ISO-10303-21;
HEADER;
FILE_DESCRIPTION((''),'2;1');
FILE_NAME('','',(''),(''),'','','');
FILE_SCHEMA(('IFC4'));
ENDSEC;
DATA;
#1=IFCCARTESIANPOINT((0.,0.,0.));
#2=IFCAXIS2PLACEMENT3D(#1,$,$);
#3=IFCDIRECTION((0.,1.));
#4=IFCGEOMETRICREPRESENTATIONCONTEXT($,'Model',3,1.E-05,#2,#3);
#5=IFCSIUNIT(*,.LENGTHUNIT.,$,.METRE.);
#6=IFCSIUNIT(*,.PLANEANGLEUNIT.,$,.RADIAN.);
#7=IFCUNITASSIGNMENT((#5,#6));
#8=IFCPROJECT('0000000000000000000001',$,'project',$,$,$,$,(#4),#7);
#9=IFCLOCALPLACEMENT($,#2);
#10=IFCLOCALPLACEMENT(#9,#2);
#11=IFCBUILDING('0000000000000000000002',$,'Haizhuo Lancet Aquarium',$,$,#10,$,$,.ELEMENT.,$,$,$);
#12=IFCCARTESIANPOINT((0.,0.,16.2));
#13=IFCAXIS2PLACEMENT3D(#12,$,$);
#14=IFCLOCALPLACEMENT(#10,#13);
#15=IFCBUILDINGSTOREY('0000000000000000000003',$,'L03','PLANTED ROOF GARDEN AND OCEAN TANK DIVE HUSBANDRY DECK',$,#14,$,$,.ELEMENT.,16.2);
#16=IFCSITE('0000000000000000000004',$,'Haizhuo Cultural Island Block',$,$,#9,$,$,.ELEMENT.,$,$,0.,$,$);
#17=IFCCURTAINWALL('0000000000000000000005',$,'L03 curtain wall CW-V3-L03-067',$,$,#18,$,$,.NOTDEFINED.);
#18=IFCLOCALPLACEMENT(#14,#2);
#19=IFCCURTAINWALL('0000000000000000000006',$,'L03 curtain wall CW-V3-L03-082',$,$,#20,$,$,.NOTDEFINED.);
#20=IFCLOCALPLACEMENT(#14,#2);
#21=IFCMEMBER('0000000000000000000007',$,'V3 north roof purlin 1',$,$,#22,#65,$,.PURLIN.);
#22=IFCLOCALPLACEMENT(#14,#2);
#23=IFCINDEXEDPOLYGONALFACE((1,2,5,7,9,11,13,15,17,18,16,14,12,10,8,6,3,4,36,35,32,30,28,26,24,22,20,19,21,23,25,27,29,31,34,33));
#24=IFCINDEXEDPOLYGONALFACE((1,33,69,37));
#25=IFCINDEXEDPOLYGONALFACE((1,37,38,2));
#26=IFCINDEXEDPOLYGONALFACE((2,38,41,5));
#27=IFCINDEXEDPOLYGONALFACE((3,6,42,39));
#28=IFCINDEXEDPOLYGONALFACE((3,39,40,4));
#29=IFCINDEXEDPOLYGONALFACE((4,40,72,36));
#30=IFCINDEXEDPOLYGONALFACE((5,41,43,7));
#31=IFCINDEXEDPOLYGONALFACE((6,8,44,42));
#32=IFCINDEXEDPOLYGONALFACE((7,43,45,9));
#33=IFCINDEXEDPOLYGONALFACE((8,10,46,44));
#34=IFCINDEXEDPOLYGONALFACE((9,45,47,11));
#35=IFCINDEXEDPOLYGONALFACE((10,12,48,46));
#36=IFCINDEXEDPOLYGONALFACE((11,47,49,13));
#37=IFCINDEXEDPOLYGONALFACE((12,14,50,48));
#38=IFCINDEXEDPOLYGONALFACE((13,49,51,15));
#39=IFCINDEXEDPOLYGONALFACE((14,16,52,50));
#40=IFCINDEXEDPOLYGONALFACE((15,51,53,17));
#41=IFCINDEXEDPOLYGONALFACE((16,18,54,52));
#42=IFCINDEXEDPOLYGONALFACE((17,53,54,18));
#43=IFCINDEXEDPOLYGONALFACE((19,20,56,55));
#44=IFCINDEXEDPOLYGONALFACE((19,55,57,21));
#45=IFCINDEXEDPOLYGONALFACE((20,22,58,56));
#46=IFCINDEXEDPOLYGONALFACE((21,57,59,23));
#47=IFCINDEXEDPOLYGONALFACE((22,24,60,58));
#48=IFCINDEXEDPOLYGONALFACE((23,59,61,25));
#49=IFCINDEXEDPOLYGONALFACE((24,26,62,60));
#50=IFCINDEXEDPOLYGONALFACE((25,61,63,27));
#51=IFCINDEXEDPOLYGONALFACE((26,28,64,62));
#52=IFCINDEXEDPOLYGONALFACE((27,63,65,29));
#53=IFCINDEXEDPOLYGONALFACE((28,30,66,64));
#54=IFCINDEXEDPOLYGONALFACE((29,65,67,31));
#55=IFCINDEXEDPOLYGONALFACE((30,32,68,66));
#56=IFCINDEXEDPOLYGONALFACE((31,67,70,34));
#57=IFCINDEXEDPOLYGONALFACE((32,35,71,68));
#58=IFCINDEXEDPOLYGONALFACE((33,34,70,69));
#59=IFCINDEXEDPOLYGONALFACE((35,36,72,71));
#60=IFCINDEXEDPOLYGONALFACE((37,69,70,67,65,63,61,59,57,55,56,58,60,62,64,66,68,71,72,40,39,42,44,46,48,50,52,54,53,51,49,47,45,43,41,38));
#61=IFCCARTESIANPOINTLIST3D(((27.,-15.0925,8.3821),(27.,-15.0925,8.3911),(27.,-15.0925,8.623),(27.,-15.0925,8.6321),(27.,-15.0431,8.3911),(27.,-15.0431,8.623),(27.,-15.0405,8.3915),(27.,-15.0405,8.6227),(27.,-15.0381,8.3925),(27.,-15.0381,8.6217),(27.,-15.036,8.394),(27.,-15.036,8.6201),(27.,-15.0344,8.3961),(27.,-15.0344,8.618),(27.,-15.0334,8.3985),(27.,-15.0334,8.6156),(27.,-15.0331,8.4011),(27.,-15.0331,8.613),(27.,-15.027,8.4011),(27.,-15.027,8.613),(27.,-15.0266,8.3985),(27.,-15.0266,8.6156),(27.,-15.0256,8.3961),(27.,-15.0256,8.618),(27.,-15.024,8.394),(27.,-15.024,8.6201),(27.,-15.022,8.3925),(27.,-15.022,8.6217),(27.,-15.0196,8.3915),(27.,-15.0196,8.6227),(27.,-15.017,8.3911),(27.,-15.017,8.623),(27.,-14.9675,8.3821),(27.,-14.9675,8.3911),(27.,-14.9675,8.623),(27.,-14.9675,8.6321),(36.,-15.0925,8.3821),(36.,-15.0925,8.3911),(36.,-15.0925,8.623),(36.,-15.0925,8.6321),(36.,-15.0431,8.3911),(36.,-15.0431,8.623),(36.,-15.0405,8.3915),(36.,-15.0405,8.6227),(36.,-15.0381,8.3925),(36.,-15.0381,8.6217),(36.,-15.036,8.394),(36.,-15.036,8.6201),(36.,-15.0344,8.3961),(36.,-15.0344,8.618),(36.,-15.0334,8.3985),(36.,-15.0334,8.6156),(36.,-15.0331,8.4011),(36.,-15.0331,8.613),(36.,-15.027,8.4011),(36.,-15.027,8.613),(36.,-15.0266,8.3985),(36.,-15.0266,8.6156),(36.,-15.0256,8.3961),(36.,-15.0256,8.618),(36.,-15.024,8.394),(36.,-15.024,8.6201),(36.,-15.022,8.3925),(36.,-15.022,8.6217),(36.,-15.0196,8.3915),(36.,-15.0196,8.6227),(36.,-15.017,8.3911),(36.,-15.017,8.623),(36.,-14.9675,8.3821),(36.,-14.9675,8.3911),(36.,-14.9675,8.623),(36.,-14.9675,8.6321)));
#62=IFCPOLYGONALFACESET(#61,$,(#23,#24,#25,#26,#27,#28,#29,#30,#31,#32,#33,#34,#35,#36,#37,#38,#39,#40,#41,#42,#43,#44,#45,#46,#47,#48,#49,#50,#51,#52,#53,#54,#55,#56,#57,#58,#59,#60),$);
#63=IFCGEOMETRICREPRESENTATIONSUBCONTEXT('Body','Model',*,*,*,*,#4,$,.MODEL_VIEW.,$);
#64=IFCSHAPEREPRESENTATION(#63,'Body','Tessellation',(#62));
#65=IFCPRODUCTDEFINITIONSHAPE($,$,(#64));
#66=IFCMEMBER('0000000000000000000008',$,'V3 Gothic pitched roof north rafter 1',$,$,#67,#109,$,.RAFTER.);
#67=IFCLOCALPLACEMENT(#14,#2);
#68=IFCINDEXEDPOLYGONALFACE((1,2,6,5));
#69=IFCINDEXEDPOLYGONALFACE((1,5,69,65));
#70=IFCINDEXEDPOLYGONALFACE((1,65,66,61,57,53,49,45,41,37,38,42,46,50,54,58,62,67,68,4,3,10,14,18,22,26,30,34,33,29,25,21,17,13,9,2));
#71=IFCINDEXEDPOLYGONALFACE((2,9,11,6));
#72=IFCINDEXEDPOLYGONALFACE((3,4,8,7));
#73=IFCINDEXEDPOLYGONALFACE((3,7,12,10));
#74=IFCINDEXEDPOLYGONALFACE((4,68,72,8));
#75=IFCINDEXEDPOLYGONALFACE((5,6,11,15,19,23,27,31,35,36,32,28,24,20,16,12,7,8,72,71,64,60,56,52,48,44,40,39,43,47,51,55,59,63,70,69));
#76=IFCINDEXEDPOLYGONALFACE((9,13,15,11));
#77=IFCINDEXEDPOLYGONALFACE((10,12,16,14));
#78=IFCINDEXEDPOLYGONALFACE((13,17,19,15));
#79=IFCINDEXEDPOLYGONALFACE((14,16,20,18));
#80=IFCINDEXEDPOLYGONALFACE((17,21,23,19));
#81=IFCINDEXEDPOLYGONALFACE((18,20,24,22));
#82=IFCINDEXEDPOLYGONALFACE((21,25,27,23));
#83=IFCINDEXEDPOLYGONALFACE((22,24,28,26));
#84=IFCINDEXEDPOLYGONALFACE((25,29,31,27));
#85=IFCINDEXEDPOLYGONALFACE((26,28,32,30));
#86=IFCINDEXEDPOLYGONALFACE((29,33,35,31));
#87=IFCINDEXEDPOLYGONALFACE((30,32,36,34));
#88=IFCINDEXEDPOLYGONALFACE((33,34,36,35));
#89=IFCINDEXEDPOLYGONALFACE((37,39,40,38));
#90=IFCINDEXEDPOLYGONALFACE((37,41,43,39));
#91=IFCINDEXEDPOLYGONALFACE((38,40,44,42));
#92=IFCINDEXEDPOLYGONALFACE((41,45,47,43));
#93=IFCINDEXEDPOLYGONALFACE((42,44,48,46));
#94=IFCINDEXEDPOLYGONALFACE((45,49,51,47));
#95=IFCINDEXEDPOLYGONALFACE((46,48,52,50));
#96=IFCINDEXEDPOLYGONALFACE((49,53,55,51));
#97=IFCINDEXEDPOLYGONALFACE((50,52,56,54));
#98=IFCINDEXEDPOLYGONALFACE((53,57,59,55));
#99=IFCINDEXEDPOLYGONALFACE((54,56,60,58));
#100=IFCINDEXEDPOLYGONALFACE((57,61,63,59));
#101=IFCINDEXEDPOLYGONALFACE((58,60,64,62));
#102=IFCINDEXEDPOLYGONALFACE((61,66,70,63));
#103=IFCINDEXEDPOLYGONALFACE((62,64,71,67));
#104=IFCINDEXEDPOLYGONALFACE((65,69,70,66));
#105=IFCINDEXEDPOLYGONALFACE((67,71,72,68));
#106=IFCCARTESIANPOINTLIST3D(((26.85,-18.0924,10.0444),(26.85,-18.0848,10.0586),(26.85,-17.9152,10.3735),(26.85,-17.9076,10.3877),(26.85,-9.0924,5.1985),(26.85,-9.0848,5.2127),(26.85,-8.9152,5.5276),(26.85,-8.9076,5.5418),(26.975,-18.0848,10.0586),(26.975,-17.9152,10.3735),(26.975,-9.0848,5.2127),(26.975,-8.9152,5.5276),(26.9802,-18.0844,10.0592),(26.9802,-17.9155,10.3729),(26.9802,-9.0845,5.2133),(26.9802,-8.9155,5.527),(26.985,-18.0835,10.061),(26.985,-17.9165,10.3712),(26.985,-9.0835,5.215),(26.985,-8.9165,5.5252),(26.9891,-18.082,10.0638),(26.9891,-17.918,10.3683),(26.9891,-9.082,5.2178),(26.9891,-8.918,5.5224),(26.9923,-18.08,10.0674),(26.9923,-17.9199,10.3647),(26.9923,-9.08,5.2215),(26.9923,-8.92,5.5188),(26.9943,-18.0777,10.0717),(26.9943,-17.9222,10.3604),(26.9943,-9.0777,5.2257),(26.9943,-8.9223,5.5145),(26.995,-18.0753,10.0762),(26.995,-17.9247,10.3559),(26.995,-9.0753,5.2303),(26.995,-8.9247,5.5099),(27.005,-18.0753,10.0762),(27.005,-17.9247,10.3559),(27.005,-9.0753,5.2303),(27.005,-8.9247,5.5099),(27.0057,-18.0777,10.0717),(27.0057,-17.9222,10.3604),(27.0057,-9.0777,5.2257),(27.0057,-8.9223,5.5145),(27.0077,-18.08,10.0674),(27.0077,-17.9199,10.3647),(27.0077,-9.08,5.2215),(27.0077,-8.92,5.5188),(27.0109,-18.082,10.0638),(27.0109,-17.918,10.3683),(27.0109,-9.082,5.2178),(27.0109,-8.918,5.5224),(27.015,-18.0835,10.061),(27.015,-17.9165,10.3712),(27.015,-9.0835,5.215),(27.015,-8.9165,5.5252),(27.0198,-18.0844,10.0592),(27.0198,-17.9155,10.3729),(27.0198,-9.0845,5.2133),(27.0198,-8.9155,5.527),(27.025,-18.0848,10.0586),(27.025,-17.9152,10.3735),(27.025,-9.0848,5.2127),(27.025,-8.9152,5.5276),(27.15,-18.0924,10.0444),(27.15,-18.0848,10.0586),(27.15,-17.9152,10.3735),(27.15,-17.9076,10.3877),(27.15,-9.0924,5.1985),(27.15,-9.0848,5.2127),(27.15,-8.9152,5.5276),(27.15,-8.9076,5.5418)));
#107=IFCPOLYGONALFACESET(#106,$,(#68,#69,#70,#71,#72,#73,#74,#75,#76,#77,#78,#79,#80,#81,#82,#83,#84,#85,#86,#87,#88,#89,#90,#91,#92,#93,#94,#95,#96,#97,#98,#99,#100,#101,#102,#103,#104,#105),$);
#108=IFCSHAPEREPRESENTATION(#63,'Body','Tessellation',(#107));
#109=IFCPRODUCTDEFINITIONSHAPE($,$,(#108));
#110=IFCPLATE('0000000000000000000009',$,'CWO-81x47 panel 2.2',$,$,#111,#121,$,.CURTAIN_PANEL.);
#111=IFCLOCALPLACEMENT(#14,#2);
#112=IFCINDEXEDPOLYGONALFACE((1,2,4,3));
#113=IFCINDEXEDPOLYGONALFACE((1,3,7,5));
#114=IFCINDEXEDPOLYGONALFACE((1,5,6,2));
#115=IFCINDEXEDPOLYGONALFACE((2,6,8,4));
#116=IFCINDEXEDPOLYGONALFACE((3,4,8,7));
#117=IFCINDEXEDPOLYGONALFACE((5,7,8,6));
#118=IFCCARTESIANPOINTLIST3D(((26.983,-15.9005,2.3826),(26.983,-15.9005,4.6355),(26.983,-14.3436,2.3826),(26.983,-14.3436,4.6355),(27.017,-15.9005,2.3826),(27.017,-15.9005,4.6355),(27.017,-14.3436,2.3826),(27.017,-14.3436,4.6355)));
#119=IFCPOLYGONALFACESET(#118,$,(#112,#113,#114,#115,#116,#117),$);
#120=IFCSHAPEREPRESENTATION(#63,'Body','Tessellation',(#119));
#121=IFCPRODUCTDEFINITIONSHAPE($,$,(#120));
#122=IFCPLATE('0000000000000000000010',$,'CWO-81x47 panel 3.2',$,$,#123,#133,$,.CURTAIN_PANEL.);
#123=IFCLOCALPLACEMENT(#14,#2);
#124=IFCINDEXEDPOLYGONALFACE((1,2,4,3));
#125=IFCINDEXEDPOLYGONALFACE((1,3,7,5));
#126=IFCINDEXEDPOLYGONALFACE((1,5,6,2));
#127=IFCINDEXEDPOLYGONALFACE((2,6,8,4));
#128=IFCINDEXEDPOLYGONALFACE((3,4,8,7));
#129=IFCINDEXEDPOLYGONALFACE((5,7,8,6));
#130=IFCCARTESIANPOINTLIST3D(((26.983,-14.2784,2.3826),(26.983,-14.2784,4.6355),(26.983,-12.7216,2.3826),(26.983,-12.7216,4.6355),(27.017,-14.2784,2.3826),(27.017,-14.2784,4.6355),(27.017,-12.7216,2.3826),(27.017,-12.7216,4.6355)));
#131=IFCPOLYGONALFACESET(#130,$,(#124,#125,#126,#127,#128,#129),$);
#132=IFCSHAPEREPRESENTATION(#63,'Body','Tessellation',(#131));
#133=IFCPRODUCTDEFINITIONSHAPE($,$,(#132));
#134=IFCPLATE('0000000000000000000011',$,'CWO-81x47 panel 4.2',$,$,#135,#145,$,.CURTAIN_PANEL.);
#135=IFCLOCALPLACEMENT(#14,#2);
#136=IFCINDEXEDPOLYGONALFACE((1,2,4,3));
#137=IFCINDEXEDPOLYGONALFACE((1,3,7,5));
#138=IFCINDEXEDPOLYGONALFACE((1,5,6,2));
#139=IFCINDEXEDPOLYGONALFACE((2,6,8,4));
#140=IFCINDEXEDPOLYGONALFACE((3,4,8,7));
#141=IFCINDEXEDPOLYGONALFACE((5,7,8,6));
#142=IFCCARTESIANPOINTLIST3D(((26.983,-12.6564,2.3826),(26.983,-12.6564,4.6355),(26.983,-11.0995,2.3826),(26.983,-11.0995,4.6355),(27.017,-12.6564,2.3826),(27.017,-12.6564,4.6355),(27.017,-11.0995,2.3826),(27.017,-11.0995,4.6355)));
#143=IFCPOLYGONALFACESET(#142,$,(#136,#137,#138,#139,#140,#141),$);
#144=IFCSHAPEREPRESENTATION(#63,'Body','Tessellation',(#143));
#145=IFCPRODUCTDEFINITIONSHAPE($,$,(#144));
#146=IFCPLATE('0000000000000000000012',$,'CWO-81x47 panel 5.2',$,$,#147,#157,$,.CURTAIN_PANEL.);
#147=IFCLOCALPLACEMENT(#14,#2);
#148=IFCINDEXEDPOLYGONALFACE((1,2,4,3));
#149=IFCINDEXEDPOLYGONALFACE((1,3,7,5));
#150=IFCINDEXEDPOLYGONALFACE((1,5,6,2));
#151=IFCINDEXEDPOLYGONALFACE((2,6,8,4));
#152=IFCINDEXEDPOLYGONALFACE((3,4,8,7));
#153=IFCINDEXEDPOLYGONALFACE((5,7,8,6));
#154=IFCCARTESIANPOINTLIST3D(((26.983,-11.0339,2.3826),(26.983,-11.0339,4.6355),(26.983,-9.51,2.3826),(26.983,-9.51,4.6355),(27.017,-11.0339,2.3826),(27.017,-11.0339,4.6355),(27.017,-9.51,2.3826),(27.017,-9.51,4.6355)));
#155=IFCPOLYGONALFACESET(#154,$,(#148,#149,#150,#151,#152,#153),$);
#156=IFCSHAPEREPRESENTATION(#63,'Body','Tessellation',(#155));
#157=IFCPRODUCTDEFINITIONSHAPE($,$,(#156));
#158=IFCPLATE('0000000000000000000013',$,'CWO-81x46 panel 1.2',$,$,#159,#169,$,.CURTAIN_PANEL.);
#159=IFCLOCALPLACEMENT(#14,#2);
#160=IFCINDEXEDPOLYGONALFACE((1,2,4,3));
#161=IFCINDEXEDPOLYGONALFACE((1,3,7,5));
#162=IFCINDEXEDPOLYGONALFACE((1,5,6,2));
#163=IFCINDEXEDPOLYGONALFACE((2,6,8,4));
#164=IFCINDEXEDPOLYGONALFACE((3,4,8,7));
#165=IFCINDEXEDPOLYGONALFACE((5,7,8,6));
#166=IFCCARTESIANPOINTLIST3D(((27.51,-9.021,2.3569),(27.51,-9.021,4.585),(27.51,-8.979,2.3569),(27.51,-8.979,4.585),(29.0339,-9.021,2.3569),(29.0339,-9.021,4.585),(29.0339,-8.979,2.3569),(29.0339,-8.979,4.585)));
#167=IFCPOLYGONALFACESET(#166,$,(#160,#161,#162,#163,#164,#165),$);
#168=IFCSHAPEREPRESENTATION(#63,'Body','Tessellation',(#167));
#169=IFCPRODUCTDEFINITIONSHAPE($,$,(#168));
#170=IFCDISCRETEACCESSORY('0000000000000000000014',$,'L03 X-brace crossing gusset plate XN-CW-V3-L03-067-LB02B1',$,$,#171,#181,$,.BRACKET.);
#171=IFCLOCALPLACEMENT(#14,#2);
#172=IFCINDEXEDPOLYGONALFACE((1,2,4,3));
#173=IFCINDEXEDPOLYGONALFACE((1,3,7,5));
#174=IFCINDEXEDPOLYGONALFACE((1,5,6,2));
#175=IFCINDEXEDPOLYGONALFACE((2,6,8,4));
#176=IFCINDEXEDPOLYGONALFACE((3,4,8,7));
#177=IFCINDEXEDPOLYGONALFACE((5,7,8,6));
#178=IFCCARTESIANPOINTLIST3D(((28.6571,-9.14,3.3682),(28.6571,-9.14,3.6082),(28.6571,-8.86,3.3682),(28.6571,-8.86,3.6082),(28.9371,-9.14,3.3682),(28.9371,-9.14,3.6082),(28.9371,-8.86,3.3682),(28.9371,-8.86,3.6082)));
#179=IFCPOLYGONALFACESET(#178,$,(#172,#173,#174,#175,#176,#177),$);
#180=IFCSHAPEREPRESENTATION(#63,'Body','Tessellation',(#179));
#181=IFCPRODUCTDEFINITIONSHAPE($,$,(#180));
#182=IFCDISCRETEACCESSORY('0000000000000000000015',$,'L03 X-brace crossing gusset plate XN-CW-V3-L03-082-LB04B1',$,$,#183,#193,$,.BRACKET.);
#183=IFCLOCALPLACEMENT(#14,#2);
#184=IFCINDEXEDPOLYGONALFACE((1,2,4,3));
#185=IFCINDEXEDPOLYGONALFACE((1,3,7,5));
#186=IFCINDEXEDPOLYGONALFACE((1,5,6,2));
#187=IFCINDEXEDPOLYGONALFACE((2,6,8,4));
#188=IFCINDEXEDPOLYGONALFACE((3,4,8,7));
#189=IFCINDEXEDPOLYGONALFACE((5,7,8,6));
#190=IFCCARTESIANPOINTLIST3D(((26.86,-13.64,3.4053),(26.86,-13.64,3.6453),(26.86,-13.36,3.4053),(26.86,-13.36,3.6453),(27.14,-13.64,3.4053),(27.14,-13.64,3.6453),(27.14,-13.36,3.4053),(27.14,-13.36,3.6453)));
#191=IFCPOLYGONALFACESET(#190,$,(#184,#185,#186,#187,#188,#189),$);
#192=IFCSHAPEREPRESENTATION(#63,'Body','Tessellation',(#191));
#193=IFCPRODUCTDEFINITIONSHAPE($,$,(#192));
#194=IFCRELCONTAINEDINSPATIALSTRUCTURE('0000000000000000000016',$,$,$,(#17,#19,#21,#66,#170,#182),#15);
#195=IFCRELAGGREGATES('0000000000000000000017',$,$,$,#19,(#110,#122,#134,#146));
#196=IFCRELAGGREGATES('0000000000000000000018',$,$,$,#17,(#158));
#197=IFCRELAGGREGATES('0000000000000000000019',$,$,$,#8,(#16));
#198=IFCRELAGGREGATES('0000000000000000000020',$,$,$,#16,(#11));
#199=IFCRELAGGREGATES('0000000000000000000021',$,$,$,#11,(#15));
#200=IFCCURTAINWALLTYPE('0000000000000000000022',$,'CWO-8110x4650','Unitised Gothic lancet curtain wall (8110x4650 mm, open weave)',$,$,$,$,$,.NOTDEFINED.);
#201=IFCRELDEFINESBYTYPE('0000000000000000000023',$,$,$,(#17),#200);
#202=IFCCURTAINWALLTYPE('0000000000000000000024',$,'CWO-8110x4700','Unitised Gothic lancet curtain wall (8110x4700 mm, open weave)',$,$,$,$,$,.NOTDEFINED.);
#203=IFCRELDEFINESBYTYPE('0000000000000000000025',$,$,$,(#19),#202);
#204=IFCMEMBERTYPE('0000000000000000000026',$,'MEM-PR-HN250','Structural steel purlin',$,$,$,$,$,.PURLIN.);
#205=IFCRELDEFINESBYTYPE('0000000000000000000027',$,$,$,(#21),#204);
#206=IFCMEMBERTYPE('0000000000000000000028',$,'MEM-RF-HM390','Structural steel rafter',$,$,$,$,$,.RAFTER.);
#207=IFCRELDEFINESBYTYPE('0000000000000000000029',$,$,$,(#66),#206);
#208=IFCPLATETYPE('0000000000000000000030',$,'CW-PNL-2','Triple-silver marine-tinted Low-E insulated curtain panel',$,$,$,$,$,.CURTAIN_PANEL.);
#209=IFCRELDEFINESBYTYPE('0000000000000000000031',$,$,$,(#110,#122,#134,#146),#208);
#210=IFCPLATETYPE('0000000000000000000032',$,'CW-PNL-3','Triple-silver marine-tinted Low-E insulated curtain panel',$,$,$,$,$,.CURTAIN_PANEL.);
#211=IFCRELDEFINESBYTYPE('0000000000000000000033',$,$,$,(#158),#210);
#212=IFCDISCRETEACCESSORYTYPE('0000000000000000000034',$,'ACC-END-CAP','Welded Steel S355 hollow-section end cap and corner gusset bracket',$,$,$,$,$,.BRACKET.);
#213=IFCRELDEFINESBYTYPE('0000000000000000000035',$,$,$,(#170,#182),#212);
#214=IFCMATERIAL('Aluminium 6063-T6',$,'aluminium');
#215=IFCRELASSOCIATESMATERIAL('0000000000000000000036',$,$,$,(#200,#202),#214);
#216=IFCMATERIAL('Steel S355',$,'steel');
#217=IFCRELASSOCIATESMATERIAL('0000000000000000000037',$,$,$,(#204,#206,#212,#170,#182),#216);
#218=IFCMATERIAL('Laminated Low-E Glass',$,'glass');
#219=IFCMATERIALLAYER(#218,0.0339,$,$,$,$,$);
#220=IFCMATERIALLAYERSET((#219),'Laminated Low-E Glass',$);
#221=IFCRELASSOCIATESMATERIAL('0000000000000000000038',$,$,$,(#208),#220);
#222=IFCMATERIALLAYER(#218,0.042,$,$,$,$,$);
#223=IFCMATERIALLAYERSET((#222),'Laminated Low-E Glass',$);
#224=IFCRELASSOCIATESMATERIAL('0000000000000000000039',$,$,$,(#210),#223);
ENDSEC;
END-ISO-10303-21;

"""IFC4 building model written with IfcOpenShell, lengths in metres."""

from ifc_helpers import new_model, si_unit, direction, frame, origin, origin_2d, place, context, subcontext, project, spatial, rectangle, i_section, extrude, material, layer, layer_set, material_profile, profile_set, type_object, element, aggregate, save


model = new_model("IFC4")

# Units and contexts
model_context = context("Model", 3, precision=1e-05, world=origin(), true_north=direction((0.0, 1.0)))
body_context = subcontext(model_context, "Body", "Model", "MODEL_VIEW")
ifc_project = project(units=[si_unit("LENGTHUNIT", "METRE"), si_unit("PLANEANGLEUNIT", "RADIAN")], contexts=[model_context])

# Site, building, storey
site_placement = place(None, origin())
site = spatial("IfcSite", under=ifc_project, at=site_placement, Name="Haizhuo Cultural Island Block", CompositionType="ELEMENT", RefElevation=0.0)
building_placement = place(site_placement, origin())
building = spatial("IfcBuilding", under=site, at=building_placement, Name="Haizhuo Lancet Aquarium", CompositionType="ELEMENT")
storey_placement = place(building_placement, frame((0.0, 0.0, 16.2)))
storey = spatial("IfcBuildingStorey", under=building, at=storey_placement, Name="L03", Description="PLANTED ROOF GARDEN AND OCEAN TANK DIVE HUSBANDRY DECK", CompositionType="ELEMENT", Elevation=16.2)

# Curtain walls
ifc_material_1 = material(Name="Aluminium 6063-T6", Category="aluminium")
curtain_wall_type_1 = type_object("IfcCurtainWallType", Name="CWO-8110x4650", Description="Unitised Gothic lancet curtain wall (8110x4650 mm, open weave)", PredefinedType="NOTDEFINED", material=ifc_material_1)
curtain_wall_1_placement = place(storey_placement, origin())
curtain_wall_1 = element("IfcCurtainWall", 1, at=curtain_wall_1_placement, inside=storey, type_object=curtain_wall_type_1, Name="L03 curtain wall CW-V3-L03-067", PredefinedType="NOTDEFINED")
curtain_wall_type_2 = type_object("IfcCurtainWallType", Name="CWO-8110x4700", Description="Unitised Gothic lancet curtain wall (8110x4700 mm, open weave)", PredefinedType="NOTDEFINED", material=ifc_material_1)
curtain_wall_2_placement = place(storey_placement, origin())
curtain_wall_2 = element("IfcCurtainWall", 2, at=curtain_wall_2_placement, inside=storey, type_object=curtain_wall_type_2, Name="L03 curtain wall CW-V3-L03-082", PredefinedType="NOTDEFINED")

# Members
ifc_material_2 = material(Name="Steel S355", Category="steel")
ifc_material_profile_1 = material_profile(ifc_material_2, i_section(OverallWidth=0.125, OverallDepth=0.25, WebThickness=0.0061, FlangeThickness=0.009, FilletRadius=0.01, at=origin_2d()), Name="HN 250x125x6x9")
ifc_profile_set_1 = profile_set([ifc_material_profile_1], Name="Steel S355")
member_type_1 = type_object("IfcMemberType", Name="MEM-PR-HN250", Description="Structural steel purlin", PredefinedType="PURLIN", material=ifc_profile_set_1)
for number, where, z_axis, x_axis, name in (
    (3, (27.0, -15.03, 8.5071), (1.0, 0.0, 0.0), (0.0, 1.0, 0.0), "V3 north roof purlin 1"),
):
    element("IfcMember", number, at=place(storey_placement, frame(where, z_axis=z_axis, x_axis=x_axis)), inside=storey, type_object=member_type_1, Name=name, PredefinedType="PURLIN", context=body_context, shape_type="SweptSolid", body=[
        extrude(i_section(OverallWidth=0.125, OverallDepth=0.25, WebThickness=0.0061, FlangeThickness=0.009, FilletRadius=0.01, at=origin_2d()), origin(), (0.0, 0.0, 1.0), 9.0),
    ])
ifc_material_profile_2 = material_profile(ifc_material_2, i_section(OverallWidth=0.3, OverallDepth=0.3899, WebThickness=0.01, FlangeThickness=0.0161, FilletRadius=0.02, at=origin_2d()), Name="HM 390x300x10x16")
ifc_profile_set_2 = profile_set([ifc_material_profile_2], Name="Steel S355")
member_type_2 = type_object("IfcMemberType", Name="MEM-RF-HM390", Description="Structural steel rafter", PredefinedType="RAFTER", material=ifc_profile_set_2)
member_1_placement = place(storey_placement, frame((27.0, -9.0, 5.3701), z_axis=(0.0, -0.88048, 0.474084), x_axis=(1.0, 0.0, 0.0)))
element("IfcMember", 4, at=member_1_placement, inside=storey, type_object=member_type_2, Name="V3 Gothic pitched roof north rafter 1", PredefinedType="RAFTER", context=body_context, shape_type="SweptSolid", body=[
    extrude(i_section(OverallWidth=0.3, OverallDepth=0.3899, WebThickness=0.01, FlangeThickness=0.0161, FilletRadius=0.02, at=origin_2d()), origin(), (0.0, 0.0, 1.0), 10.2217),
])

# Plates
ifc_material_3 = material(Name="Laminated Low-E Glass", Category="glass")
ifc_layer_1 = layer(ifc_material_3, 0.0339)
ifc_layer_set_1 = layer_set([ifc_layer_1], Name="Laminated Low-E Glass")
plate_type_1 = type_object("IfcPlateType", Name="CW-PNL-2", Description="Triple-silver marine-tinted Low-E insulated curtain panel", PredefinedType="CURTAIN_PANEL", material=ifc_layer_set_1)
plate_1_placement = place(storey_placement, frame((27.0, -15.1221, 2.3826), z_axis=(0.0, 0.0, 1.0), x_axis=(0.0, 1.0, 0.0)))
plate_1 = element("IfcPlate", 5, at=plate_1_placement, type_object=plate_type_1, Name="CWO-81x47 panel 2.2", PredefinedType="CURTAIN_PANEL", context=body_context, shape_type="SweptSolid", body=[
    extrude(rectangle(XDim=1.5569, YDim=0.0339, at=origin_2d()), origin(), (0.0, 0.0, 1.0), 2.2529),
])
plate_2_placement = place(storey_placement, frame((27.0, -13.5, 2.3826), z_axis=(0.0, 0.0, 1.0), x_axis=(0.0, 1.0, 0.0)))
plate_2 = element("IfcPlate", 6, at=plate_2_placement, type_object=plate_type_1, Name="CWO-81x47 panel 3.2", PredefinedType="CURTAIN_PANEL", context=body_context, shape_type="SweptSolid", body=[
    extrude(rectangle(XDim=1.5569, YDim=0.0339, at=origin_2d()), origin(), (0.0, 0.0, 1.0), 2.2529),
])
plate_3_placement = place(storey_placement, frame((27.0, -11.8779, 2.3826), z_axis=(0.0, 0.0, 1.0), x_axis=(0.0, 1.0, 0.0)))
plate_3 = element("IfcPlate", 7, at=plate_3_placement, type_object=plate_type_1, Name="CWO-81x47 panel 4.2", PredefinedType="CURTAIN_PANEL", context=body_context, shape_type="SweptSolid", body=[
    extrude(rectangle(XDim=1.5569, YDim=0.0339, at=origin_2d()), origin(), (0.0, 0.0, 1.0), 2.2529),
])
plate_4_placement = place(storey_placement, frame((27.0, -10.272, 2.3826), z_axis=(0.0, 0.0, 1.0), x_axis=(0.0, 1.0, 0.0)))
plate_4 = element("IfcPlate", 8, at=plate_4_placement, type_object=plate_type_1, Name="CWO-81x47 panel 5.2", PredefinedType="CURTAIN_PANEL", context=body_context, shape_type="SweptSolid", body=[
    extrude(rectangle(XDim=1.5239, YDim=0.0339, at=origin_2d()), origin(), (0.0, 0.0, 1.0), 2.2529),
])
aggregate(curtain_wall_2, [plate_1, plate_2, plate_3, plate_4])
ifc_layer_2 = layer(ifc_material_3, 0.042)
ifc_layer_set_2 = layer_set([ifc_layer_2], Name="Laminated Low-E Glass")
plate_type_2 = type_object("IfcPlateType", Name="CW-PNL-3", Description="Triple-silver marine-tinted Low-E insulated curtain panel", PredefinedType="CURTAIN_PANEL", material=ifc_layer_set_2)
plate_5_placement = place(storey_placement, frame((28.272, -9.0, 2.3569), z_axis=(0.0, 0.0, 1.0), x_axis=(1.0, 0.0, 0.0)))
plate_5 = element("IfcPlate", 9, at=plate_5_placement, type_object=plate_type_2, Name="CWO-81x46 panel 1.2", PredefinedType="CURTAIN_PANEL", context=body_context, shape_type="SweptSolid", body=[
    extrude(rectangle(XDim=1.5239, YDim=0.042, at=origin_2d()), origin(), (0.0, 0.0, 1.0), 2.228),
])
aggregate(curtain_wall_1, [plate_5])

# Discrete accessories
discrete_accessory_type = type_object("IfcDiscreteAccessoryType", Name="ACC-END-CAP", Description="Welded Steel S355 hollow-section end cap and corner gusset bracket", PredefinedType="BRACKET", material=ifc_material_2)
for number, where, z_axis, x_axis, name in (
    (10, (28.7971, -9.0, 3.3682), (0.0, 0.0, 1.0), (1.0, 0.0, 0.0), "L03 X-brace crossing gusset plate XN-CW-V3-L03-067-LB02B1"),
    (11, (27.0, -13.5, 3.4053), (0.0, 0.0, 1.0), (1.0, 0.0, 0.0), "L03 X-brace crossing gusset plate XN-CW-V3-L03-082-LB04B1"),
):
    element("IfcDiscreteAccessory", number, at=place(storey_placement, frame(where, z_axis=z_axis, x_axis=x_axis)), inside=storey, type_object=discrete_accessory_type, material=ifc_material_2, Name=name, PredefinedType="BRACKET", context=body_context, shape_type="SweptSolid", body=[
        extrude(rectangle(XDim=0.28, YDim=0.28, at=origin_2d()), origin(), (0.0, 0.0, 1.0), 0.24),
    ])

save(model, "model.ifc")
